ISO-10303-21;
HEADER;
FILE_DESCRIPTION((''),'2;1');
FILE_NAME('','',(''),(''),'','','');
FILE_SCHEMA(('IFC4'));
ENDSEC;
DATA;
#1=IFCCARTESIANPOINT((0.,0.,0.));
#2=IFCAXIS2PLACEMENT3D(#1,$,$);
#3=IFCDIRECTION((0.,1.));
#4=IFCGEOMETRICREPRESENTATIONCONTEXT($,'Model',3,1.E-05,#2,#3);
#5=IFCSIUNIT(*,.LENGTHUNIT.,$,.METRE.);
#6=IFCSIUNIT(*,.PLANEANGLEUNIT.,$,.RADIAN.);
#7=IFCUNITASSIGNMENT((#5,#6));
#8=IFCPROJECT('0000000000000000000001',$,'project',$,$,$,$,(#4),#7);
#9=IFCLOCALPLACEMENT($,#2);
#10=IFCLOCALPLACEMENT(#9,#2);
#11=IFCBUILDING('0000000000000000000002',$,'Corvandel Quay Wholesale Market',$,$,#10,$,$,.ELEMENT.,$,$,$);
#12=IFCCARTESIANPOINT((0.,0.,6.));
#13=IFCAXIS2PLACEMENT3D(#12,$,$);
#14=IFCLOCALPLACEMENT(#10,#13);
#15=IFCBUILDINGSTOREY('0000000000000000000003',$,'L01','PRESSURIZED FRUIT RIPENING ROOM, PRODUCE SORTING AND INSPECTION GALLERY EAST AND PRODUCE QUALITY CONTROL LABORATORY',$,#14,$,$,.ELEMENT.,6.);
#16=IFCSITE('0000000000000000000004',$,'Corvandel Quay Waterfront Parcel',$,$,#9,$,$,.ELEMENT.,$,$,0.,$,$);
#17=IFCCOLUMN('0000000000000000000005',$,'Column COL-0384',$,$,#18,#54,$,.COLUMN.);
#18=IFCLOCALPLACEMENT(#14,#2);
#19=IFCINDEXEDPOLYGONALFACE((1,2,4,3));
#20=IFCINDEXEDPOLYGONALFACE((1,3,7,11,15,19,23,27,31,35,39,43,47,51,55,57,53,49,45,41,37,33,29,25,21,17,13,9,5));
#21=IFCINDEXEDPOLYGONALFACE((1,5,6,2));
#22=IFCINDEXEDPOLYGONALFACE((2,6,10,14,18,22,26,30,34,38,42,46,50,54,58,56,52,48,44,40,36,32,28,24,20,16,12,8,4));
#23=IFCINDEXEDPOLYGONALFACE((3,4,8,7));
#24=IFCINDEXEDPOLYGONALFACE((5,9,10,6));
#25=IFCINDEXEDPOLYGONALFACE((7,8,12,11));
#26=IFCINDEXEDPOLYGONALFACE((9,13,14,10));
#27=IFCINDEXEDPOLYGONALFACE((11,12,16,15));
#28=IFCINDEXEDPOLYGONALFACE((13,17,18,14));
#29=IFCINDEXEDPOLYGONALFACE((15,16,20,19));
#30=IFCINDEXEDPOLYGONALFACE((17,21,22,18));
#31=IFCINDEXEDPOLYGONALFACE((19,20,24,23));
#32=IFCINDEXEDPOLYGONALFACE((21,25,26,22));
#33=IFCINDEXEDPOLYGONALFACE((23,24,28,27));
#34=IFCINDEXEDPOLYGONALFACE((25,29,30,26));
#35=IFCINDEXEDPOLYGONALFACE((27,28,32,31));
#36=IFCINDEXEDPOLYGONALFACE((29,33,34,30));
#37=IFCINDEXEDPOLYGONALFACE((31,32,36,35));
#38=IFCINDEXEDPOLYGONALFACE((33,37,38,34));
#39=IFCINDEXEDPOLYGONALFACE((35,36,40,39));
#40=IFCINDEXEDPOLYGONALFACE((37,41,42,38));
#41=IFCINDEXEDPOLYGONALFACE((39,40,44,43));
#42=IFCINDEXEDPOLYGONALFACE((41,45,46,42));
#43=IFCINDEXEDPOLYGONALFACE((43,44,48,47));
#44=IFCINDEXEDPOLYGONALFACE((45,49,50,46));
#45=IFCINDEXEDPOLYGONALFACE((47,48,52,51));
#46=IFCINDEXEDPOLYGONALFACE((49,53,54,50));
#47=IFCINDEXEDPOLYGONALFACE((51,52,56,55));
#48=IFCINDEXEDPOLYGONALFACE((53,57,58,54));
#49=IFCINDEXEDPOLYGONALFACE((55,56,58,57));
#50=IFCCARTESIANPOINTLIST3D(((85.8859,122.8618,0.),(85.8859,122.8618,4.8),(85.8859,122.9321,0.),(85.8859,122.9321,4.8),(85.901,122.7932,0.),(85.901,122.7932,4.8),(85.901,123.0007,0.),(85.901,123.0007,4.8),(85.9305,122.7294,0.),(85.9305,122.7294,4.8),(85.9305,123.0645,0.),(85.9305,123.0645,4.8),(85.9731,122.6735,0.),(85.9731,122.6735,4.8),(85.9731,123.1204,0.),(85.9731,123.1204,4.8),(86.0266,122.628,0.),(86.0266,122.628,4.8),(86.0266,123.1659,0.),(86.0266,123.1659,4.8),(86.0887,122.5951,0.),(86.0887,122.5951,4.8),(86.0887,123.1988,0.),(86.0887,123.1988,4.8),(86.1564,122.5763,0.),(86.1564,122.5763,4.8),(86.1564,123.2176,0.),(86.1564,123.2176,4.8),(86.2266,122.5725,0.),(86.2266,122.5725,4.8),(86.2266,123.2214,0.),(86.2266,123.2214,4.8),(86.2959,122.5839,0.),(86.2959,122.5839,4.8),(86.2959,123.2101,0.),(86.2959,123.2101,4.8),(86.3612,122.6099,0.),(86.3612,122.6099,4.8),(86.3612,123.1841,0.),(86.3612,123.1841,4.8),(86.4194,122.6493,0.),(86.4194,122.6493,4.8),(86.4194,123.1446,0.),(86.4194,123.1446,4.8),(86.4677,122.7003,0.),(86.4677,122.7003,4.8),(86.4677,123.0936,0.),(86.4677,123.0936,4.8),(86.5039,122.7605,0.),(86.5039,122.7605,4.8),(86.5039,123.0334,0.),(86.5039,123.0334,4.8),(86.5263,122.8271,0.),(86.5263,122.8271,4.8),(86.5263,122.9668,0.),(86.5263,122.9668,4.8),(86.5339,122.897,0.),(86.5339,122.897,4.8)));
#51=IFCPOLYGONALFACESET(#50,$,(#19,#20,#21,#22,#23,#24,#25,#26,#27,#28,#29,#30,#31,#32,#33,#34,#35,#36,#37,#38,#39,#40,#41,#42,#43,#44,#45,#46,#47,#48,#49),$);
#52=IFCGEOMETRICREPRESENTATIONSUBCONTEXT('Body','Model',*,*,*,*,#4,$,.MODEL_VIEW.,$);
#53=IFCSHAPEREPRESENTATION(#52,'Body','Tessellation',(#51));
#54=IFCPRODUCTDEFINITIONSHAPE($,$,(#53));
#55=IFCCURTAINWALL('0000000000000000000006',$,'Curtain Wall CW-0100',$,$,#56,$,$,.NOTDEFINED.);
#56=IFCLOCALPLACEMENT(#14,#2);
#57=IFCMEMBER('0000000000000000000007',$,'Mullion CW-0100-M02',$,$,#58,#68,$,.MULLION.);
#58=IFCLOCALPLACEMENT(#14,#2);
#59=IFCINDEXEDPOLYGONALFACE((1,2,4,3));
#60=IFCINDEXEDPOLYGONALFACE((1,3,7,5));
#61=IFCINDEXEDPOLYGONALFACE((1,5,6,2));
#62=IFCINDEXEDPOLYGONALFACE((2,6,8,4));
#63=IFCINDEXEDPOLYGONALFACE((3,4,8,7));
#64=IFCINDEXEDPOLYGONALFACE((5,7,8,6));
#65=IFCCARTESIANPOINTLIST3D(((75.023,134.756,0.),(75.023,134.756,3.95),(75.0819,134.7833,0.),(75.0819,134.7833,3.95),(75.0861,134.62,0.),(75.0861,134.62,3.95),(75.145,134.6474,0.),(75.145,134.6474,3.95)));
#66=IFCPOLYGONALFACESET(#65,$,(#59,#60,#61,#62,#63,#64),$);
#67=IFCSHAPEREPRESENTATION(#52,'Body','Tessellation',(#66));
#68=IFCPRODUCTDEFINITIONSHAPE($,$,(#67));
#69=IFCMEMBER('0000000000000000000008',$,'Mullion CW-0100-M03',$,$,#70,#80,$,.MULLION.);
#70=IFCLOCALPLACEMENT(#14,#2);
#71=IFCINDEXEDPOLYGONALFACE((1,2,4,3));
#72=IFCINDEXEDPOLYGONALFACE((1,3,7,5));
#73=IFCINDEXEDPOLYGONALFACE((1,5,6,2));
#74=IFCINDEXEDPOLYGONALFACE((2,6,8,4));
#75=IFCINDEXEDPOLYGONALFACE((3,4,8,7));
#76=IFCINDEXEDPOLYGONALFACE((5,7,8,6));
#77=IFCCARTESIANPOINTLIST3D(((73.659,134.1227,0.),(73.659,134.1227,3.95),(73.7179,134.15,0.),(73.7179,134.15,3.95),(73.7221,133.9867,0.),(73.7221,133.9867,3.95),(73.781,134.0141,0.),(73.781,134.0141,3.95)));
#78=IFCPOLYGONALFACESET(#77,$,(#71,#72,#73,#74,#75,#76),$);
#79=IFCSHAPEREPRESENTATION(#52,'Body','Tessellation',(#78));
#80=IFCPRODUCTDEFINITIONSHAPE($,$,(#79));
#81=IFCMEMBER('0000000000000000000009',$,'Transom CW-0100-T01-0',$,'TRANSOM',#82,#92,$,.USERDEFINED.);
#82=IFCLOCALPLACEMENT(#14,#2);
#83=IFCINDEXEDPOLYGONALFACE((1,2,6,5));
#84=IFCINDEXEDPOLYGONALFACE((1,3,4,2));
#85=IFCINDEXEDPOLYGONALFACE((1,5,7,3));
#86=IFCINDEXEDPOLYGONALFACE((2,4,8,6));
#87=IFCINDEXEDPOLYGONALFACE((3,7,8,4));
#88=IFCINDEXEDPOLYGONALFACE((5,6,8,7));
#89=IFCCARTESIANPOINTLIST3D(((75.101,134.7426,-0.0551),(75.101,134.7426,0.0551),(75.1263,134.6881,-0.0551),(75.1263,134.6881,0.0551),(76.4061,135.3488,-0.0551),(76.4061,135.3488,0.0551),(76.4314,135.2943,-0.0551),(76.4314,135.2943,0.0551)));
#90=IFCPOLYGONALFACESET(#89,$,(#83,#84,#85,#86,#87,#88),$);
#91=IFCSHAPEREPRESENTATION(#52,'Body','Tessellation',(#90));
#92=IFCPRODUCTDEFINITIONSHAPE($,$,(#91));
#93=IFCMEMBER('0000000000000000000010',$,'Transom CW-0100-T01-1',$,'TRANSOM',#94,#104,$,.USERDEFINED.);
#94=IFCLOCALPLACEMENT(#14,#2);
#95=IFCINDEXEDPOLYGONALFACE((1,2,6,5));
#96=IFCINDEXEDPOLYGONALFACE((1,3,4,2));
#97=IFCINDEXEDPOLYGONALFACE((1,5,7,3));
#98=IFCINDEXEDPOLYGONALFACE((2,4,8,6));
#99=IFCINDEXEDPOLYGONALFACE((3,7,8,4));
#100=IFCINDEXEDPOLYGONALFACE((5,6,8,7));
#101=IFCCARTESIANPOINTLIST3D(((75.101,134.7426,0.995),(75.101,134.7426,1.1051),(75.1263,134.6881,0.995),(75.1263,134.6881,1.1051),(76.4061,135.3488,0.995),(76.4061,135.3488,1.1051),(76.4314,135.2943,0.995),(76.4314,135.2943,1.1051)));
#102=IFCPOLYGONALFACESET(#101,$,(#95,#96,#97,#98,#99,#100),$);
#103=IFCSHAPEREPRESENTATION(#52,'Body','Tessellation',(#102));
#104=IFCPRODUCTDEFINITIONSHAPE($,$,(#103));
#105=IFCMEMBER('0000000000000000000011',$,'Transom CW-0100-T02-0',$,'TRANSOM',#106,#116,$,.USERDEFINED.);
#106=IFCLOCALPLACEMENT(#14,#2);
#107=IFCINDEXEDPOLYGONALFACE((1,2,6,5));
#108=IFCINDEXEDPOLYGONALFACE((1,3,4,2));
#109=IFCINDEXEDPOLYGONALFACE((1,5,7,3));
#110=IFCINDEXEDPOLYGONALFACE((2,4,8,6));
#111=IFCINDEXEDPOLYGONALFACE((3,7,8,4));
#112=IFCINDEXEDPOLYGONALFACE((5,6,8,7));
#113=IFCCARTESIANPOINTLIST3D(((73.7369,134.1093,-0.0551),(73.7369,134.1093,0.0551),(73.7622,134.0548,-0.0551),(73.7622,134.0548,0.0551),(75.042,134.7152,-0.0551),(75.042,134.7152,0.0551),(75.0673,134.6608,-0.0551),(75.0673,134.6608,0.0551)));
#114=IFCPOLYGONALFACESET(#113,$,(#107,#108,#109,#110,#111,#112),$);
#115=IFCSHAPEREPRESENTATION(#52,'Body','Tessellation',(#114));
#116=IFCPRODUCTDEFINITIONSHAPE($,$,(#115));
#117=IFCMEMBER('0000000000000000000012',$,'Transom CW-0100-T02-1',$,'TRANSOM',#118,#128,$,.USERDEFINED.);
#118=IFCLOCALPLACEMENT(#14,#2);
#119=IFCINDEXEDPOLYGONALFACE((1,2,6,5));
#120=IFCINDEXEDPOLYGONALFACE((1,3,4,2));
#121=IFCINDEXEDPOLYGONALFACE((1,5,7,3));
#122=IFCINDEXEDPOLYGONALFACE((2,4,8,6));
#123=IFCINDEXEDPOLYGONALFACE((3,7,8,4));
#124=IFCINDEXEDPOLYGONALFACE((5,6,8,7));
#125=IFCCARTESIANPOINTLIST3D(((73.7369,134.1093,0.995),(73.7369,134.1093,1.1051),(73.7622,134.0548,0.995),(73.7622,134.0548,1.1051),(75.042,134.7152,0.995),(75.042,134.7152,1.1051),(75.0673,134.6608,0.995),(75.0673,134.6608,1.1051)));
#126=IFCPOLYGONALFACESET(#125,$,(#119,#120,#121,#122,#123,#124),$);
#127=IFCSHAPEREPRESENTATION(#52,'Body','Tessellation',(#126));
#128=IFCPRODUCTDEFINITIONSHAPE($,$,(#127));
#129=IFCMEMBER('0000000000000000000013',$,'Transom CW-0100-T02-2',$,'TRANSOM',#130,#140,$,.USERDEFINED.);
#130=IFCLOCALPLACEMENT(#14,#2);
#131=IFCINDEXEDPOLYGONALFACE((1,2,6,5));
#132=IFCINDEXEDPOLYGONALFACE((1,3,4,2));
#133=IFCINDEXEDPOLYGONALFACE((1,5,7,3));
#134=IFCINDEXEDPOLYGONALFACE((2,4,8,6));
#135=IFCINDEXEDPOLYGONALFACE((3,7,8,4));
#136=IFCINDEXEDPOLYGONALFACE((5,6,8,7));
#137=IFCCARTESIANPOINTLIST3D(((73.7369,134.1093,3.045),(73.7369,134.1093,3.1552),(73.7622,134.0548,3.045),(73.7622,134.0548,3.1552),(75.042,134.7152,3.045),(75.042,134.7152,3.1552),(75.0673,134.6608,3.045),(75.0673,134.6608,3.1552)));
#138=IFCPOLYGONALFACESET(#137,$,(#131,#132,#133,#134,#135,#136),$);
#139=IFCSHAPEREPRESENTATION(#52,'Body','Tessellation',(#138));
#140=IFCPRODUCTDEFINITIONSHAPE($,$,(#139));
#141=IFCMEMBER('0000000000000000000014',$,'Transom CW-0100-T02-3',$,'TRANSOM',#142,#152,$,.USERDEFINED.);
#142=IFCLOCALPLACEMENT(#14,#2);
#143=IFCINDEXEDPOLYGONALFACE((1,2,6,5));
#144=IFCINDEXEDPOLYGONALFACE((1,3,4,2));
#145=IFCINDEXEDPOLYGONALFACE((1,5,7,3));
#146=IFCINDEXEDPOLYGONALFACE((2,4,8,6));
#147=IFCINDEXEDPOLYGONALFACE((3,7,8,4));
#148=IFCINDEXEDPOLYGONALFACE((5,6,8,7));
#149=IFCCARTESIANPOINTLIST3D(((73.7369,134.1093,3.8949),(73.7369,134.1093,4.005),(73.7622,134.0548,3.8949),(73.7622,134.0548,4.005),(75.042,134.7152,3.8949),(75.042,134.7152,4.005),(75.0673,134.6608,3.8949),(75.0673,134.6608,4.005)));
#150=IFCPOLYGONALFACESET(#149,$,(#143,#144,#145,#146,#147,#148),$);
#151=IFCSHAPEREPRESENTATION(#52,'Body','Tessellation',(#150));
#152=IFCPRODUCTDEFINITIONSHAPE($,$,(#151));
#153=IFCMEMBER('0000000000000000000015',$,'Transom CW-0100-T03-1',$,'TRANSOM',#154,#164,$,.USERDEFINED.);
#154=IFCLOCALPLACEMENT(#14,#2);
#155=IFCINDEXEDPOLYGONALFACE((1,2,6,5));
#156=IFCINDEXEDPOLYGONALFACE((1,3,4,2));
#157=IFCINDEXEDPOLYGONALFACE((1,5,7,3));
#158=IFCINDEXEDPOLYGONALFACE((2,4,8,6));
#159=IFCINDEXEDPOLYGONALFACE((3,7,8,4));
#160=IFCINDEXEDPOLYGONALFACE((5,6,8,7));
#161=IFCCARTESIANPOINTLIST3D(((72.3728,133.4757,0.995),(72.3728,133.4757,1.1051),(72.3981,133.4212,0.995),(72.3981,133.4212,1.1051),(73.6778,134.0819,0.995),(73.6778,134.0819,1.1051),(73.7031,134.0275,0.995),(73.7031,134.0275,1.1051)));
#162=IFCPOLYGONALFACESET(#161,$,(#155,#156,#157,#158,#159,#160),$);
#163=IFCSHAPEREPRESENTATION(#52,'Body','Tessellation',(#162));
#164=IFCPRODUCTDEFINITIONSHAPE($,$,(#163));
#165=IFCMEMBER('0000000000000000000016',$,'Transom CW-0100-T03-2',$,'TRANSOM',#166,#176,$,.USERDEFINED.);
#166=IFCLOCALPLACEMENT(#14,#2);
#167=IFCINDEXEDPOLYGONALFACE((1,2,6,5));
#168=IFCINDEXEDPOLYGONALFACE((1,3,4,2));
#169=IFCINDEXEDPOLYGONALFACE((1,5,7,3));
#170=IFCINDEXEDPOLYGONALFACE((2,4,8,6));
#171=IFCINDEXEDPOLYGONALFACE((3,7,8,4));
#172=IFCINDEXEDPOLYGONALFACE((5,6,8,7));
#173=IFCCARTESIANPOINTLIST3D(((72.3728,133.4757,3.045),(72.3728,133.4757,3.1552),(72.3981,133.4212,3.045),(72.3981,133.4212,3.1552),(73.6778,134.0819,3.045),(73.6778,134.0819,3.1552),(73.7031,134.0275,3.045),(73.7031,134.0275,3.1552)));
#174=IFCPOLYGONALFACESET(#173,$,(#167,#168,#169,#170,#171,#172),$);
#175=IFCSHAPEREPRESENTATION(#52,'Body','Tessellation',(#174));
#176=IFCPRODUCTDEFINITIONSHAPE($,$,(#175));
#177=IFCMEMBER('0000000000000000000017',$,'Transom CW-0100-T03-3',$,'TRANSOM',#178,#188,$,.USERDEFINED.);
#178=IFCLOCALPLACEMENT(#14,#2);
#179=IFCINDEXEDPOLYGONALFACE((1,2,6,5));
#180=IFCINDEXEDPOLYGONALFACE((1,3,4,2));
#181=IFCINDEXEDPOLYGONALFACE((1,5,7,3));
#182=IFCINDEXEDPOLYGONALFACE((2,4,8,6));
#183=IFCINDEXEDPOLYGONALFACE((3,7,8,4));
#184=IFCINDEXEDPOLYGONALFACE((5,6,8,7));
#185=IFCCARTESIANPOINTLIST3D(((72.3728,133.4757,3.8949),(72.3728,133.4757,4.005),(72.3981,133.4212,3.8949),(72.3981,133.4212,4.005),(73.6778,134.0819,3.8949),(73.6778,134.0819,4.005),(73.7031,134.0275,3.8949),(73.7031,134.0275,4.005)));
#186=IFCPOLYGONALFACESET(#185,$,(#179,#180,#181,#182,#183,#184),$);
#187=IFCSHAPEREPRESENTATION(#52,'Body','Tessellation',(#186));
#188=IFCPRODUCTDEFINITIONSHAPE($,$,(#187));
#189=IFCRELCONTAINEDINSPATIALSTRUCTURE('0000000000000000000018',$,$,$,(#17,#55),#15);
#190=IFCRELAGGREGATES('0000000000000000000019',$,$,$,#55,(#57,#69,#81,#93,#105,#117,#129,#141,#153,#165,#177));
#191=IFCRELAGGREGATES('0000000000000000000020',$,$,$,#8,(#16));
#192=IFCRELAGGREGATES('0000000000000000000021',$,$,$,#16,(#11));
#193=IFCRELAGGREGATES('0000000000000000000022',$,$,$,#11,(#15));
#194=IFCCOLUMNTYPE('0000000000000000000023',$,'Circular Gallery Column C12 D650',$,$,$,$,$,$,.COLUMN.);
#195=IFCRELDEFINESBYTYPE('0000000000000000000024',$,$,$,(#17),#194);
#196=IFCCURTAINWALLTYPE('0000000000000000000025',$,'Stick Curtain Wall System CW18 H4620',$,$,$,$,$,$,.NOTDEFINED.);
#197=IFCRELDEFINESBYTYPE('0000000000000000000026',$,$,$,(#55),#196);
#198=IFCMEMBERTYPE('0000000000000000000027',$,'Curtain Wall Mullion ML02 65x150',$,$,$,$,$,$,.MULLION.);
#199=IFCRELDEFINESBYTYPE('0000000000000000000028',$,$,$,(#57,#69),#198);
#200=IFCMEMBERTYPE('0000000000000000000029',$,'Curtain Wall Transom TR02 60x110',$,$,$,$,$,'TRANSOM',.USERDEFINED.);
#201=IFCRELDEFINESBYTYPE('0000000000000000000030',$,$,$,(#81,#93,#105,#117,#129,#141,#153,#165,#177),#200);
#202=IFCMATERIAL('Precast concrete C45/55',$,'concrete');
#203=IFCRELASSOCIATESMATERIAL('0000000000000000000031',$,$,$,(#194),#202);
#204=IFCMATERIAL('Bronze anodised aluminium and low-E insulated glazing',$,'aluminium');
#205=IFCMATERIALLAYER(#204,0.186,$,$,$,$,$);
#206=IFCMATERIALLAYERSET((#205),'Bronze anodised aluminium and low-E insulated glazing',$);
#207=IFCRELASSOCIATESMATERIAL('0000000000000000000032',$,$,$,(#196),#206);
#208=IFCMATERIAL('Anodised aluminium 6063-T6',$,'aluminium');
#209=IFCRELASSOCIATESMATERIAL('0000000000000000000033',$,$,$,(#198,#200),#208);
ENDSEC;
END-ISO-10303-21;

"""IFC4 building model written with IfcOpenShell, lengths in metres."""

from ifc_helpers import new_model, si_unit, direction, frame, origin, origin_2d, place, context, subcontext, project, spatial, rectangle, circle, extrude, material, layer, layer_set, material_profile, profile_set, type_object, element, aggregate, save


model = new_model("IFC4")

# Units and contexts
model_context = context("Model", 3, precision=1e-05, world=origin(), true_north=direction((0.0, 1.0)))
body_context = subcontext(model_context, "Body", "Model", "MODEL_VIEW")
ifc_project = project(units=[si_unit("LENGTHUNIT", "METRE"), si_unit("PLANEANGLEUNIT", "RADIAN")], contexts=[model_context])

# Site, building, storey
site_placement = place(None, origin())
site = spatial("IfcSite", under=ifc_project, at=site_placement, Name="Corvandel Quay Waterfront Parcel", CompositionType="ELEMENT", RefElevation=0.0)
building_placement = place(site_placement, origin())
building = spatial("IfcBuilding", under=site, at=building_placement, Name="Corvandel Quay Wholesale Market", CompositionType="ELEMENT")
storey_placement = place(building_placement, frame((0.0, 0.0, 6.0)))
storey = spatial("IfcBuildingStorey", under=building, at=storey_placement, Name="L01", Description="PRESSURIZED FRUIT RIPENING ROOM, PRODUCE SORTING AND INSPECTION GALLERY EAST AND PRODUCE QUALITY CONTROL LABORATORY", CompositionType="ELEMENT", Elevation=6.0)

# Column
ifc_material_1 = material(Name="Precast concrete C45/55", Category="concrete")
ifc_material_profile_1 = material_profile(ifc_material_1, circle(Radius=0.325, at=origin_2d()), Name="PC-COL-D650")
ifc_profile_set_1 = profile_set([ifc_material_profile_1], Name="Precast concrete C45/55")
column_type = type_object("IfcColumnType", Name="Circular Gallery Column C12 D650", PredefinedType="COLUMN", material=ifc_profile_set_1)
column_placement = place(storey_placement, frame((86.209, 122.897, 0.0), z_axis=(0.0, 0.0, 1.0), x_axis=(1.0, 0.0, 0.0)))
element("IfcColumn", 1, at=column_placement, inside=storey, type_object=column_type, Name="Column COL-0384", PredefinedType="COLUMN", context=body_context, shape_type="SweptSolid", body=[
    extrude(circle(Radius=0.325, at=origin_2d()), origin(), (0.0, 0.0, 1.0), 4.8),
])

# Curtain wall, members
ifc_material_2 = material(Name="Bronze anodised aluminium and low-E insulated glazing", Category="aluminium")
ifc_layer_1 = layer(ifc_material_2, 0.186)
ifc_layer_set_1 = layer_set([ifc_layer_1], Name="Bronze anodised aluminium and low-E insulated glazing")
curtain_wall_type = type_object("IfcCurtainWallType", Name="Stick Curtain Wall System CW18 H4620", PredefinedType="NOTDEFINED", material=ifc_layer_set_1)
curtain_wall_placement = place(storey_placement, origin())
curtain_wall = element("IfcCurtainWall", 2, at=curtain_wall_placement, inside=storey, type_object=curtain_wall_type, Name="Curtain Wall CW-0100", PredefinedType="NOTDEFINED")
ifc_material_3 = material(Name="Anodised aluminium 6063-T6", Category="aluminium")
ifc_material_profile_2 = material_profile(ifc_material_3, rectangle(XDim=0.0649, YDim=0.1499, at=origin_2d()), Name="ALU-MUL-65x150")
ifc_profile_set_2 = profile_set([ifc_material_profile_2], Name="Anodised aluminium 6063-T6")
member_type_1 = type_object("IfcMemberType", Name="Curtain Wall Mullion ML02 65x150", PredefinedType="MULLION", material=ifc_profile_set_2)
member_1_placement = place(storey_placement, frame((75.084, 134.7017, 0.0), z_axis=(0.0, 0.0, 1.0), x_axis=(0.906971, 0.421194, 0.0)))
member_1 = element("IfcMember", 3, at=member_1_placement, type_object=member_type_1, Name="Mullion CW-0100-M02", PredefinedType="MULLION", context=body_context, shape_type="SweptSolid", body=[
    extrude(rectangle(XDim=0.0649, YDim=0.1499, at=origin_2d()), origin(), (0.0, 0.0, 1.0), 3.95),
])
member_2_placement = place(storey_placement, frame((73.72, 134.0684, 0.0), z_axis=(0.0, 0.0, 1.0), x_axis=(0.906971, 0.421194, 0.0)))
member_2 = element("IfcMember", 4, at=member_2_placement, type_object=member_type_1, Name="Mullion CW-0100-M03", PredefinedType="MULLION", context=body_context, shape_type="SweptSolid", body=[
    extrude(rectangle(XDim=0.0649, YDim=0.1499, at=origin_2d()), origin(), (0.0, 0.0, 1.0), 3.95),
])
ifc_material_profile_3 = material_profile(ifc_material_3, rectangle(XDim=0.0601, YDim=0.1101, at=origin_2d()), Name="ALU-TRN-60x110")
ifc_profile_set_3 = profile_set([ifc_material_profile_3], Name="Anodised aluminium 6063-T6")
member_type_2 = type_object("IfcMemberType", Name="Curtain Wall Transom TR02 60x110", ElementType="TRANSOM", PredefinedType="USERDEFINED", material=ifc_profile_set_3)
member_3_placement = place(storey_placement, frame((76.4187, 135.3215, 0.0), z_axis=(-0.906949, -0.421241, 0.0), x_axis=(0.421241, -0.906949, 0.0)))
member_3 = element("IfcMember", 5, at=member_3_placement, type_object=member_type_2, Name="Transom CW-0100-T01-0", ObjectType="TRANSOM", PredefinedType="USERDEFINED", context=body_context, shape_type="SweptSolid", body=[
    extrude(rectangle(XDim=0.0601, YDim=0.1101, at=origin_2d()), origin(), (0.0, 0.0, 1.0), 1.439),
])
member_4_placement = place(storey_placement, frame((76.4187, 135.3215, 1.05), z_axis=(-0.906949, -0.421241, 0.0), x_axis=(0.421241, -0.906949, 0.0)))
member_4 = element("IfcMember", 6, at=member_4_placement, type_object=member_type_2, Name="Transom CW-0100-T01-1", ObjectType="TRANSOM", PredefinedType="USERDEFINED", context=body_context, shape_type="SweptSolid", body=[
    extrude(rectangle(XDim=0.0601, YDim=0.1101, at=origin_2d()), origin(), (0.0, 0.0, 1.0), 1.439),
])
member_5_placement = place(storey_placement, frame((75.0547, 134.688, 0.0), z_axis=(-0.907014, -0.421101, 0.0), x_axis=(0.421101, -0.907014, 0.0)))
member_5 = element("IfcMember", 7, at=member_5_placement, type_object=member_type_2, Name="Transom CW-0100-T02-0", ObjectType="TRANSOM", PredefinedType="USERDEFINED", context=body_context, shape_type="SweptSolid", body=[
    extrude(rectangle(XDim=0.0601, YDim=0.1101, at=origin_2d()), origin(), (0.0, 0.0, 1.0), 1.439),
])
member_6_placement = place(storey_placement, frame((75.0547, 134.688, 1.05), z_axis=(-0.907014, -0.421101, 0.0), x_axis=(0.421101, -0.907014, 0.0)))
member_6 = element("IfcMember", 8, at=member_6_placement, type_object=member_type_2, Name="Transom CW-0100-T02-1", ObjectType="TRANSOM", PredefinedType="USERDEFINED", context=body_context, shape_type="SweptSolid", body=[
    extrude(rectangle(XDim=0.0601, YDim=0.1101, at=origin_2d()), origin(), (0.0, 0.0, 1.0), 1.439),
])
member_7_placement = place(storey_placement, frame((75.0547, 134.688, 3.1001), z_axis=(-0.907014, -0.421101, 0.0), x_axis=(0.421101, -0.907014, 0.0)))
member_7 = element("IfcMember", 9, at=member_7_placement, type_object=member_type_2, Name="Transom CW-0100-T02-2", ObjectType="TRANSOM", PredefinedType="USERDEFINED", context=body_context, shape_type="SweptSolid", body=[
    extrude(rectangle(XDim=0.0601, YDim=0.1101, at=origin_2d()), origin(), (0.0, 0.0, 1.0), 1.439),
])
member_8_placement = place(storey_placement, frame((75.0547, 134.688, 3.95), z_axis=(-0.907014, -0.421101, 0.0), x_axis=(0.421101, -0.907014, 0.0)))
member_8 = element("IfcMember", 10, at=member_8_placement, type_object=member_type_2, Name="Transom CW-0100-T02-3", ObjectType="TRANSOM", PredefinedType="USERDEFINED", context=body_context, shape_type="SweptSolid", body=[
    extrude(rectangle(XDim=0.0601, YDim=0.1101, at=origin_2d()), origin(), (0.0, 0.0, 1.0), 1.439),
])
member_9_placement = place(storey_placement, frame((73.6904, 134.0547, 1.05), z_axis=(-0.906919, -0.421306, 0.0), x_axis=(0.421306, -0.906919, 0.0)))
member_9 = element("IfcMember", 11, at=member_9_placement, type_object=member_type_2, Name="Transom CW-0100-T03-1", ObjectType="TRANSOM", PredefinedType="USERDEFINED", context=body_context, shape_type="SweptSolid", body=[
    extrude(rectangle(XDim=0.0601, YDim=0.1101, at=origin_2d()), origin(), (0.0, 0.0, 1.0), 1.439),
])
member_10_placement = place(storey_placement, frame((73.6904, 134.0547, 3.1001), z_axis=(-0.906919, -0.421306, 0.0), x_axis=(0.421306, -0.906919, 0.0)))
member_10 = element("IfcMember", 12, at=member_10_placement, type_object=member_type_2, Name="Transom CW-0100-T03-2", ObjectType="TRANSOM", PredefinedType="USERDEFINED", context=body_context, shape_type="SweptSolid", body=[
    extrude(rectangle(XDim=0.0601, YDim=0.1101, at=origin_2d()), origin(), (0.0, 0.0, 1.0), 1.439),
])
member_11_placement = place(storey_placement, frame((73.6904, 134.0547, 3.95), z_axis=(-0.906919, -0.421306, 0.0), x_axis=(0.421306, -0.906919, 0.0)))
member_11 = element("IfcMember", 13, at=member_11_placement, type_object=member_type_2, Name="Transom CW-0100-T03-3", ObjectType="TRANSOM", PredefinedType="USERDEFINED", context=body_context, shape_type="SweptSolid", body=[
    extrude(rectangle(XDim=0.0601, YDim=0.1101, at=origin_2d()), origin(), (0.0, 0.0, 1.0), 1.439),
])

aggregate(curtain_wall, [member_1, member_2, member_3, member_4, member_5, member_6, member_7, member_8, member_9, member_10, member_11])

save(model, "model.ifc")
